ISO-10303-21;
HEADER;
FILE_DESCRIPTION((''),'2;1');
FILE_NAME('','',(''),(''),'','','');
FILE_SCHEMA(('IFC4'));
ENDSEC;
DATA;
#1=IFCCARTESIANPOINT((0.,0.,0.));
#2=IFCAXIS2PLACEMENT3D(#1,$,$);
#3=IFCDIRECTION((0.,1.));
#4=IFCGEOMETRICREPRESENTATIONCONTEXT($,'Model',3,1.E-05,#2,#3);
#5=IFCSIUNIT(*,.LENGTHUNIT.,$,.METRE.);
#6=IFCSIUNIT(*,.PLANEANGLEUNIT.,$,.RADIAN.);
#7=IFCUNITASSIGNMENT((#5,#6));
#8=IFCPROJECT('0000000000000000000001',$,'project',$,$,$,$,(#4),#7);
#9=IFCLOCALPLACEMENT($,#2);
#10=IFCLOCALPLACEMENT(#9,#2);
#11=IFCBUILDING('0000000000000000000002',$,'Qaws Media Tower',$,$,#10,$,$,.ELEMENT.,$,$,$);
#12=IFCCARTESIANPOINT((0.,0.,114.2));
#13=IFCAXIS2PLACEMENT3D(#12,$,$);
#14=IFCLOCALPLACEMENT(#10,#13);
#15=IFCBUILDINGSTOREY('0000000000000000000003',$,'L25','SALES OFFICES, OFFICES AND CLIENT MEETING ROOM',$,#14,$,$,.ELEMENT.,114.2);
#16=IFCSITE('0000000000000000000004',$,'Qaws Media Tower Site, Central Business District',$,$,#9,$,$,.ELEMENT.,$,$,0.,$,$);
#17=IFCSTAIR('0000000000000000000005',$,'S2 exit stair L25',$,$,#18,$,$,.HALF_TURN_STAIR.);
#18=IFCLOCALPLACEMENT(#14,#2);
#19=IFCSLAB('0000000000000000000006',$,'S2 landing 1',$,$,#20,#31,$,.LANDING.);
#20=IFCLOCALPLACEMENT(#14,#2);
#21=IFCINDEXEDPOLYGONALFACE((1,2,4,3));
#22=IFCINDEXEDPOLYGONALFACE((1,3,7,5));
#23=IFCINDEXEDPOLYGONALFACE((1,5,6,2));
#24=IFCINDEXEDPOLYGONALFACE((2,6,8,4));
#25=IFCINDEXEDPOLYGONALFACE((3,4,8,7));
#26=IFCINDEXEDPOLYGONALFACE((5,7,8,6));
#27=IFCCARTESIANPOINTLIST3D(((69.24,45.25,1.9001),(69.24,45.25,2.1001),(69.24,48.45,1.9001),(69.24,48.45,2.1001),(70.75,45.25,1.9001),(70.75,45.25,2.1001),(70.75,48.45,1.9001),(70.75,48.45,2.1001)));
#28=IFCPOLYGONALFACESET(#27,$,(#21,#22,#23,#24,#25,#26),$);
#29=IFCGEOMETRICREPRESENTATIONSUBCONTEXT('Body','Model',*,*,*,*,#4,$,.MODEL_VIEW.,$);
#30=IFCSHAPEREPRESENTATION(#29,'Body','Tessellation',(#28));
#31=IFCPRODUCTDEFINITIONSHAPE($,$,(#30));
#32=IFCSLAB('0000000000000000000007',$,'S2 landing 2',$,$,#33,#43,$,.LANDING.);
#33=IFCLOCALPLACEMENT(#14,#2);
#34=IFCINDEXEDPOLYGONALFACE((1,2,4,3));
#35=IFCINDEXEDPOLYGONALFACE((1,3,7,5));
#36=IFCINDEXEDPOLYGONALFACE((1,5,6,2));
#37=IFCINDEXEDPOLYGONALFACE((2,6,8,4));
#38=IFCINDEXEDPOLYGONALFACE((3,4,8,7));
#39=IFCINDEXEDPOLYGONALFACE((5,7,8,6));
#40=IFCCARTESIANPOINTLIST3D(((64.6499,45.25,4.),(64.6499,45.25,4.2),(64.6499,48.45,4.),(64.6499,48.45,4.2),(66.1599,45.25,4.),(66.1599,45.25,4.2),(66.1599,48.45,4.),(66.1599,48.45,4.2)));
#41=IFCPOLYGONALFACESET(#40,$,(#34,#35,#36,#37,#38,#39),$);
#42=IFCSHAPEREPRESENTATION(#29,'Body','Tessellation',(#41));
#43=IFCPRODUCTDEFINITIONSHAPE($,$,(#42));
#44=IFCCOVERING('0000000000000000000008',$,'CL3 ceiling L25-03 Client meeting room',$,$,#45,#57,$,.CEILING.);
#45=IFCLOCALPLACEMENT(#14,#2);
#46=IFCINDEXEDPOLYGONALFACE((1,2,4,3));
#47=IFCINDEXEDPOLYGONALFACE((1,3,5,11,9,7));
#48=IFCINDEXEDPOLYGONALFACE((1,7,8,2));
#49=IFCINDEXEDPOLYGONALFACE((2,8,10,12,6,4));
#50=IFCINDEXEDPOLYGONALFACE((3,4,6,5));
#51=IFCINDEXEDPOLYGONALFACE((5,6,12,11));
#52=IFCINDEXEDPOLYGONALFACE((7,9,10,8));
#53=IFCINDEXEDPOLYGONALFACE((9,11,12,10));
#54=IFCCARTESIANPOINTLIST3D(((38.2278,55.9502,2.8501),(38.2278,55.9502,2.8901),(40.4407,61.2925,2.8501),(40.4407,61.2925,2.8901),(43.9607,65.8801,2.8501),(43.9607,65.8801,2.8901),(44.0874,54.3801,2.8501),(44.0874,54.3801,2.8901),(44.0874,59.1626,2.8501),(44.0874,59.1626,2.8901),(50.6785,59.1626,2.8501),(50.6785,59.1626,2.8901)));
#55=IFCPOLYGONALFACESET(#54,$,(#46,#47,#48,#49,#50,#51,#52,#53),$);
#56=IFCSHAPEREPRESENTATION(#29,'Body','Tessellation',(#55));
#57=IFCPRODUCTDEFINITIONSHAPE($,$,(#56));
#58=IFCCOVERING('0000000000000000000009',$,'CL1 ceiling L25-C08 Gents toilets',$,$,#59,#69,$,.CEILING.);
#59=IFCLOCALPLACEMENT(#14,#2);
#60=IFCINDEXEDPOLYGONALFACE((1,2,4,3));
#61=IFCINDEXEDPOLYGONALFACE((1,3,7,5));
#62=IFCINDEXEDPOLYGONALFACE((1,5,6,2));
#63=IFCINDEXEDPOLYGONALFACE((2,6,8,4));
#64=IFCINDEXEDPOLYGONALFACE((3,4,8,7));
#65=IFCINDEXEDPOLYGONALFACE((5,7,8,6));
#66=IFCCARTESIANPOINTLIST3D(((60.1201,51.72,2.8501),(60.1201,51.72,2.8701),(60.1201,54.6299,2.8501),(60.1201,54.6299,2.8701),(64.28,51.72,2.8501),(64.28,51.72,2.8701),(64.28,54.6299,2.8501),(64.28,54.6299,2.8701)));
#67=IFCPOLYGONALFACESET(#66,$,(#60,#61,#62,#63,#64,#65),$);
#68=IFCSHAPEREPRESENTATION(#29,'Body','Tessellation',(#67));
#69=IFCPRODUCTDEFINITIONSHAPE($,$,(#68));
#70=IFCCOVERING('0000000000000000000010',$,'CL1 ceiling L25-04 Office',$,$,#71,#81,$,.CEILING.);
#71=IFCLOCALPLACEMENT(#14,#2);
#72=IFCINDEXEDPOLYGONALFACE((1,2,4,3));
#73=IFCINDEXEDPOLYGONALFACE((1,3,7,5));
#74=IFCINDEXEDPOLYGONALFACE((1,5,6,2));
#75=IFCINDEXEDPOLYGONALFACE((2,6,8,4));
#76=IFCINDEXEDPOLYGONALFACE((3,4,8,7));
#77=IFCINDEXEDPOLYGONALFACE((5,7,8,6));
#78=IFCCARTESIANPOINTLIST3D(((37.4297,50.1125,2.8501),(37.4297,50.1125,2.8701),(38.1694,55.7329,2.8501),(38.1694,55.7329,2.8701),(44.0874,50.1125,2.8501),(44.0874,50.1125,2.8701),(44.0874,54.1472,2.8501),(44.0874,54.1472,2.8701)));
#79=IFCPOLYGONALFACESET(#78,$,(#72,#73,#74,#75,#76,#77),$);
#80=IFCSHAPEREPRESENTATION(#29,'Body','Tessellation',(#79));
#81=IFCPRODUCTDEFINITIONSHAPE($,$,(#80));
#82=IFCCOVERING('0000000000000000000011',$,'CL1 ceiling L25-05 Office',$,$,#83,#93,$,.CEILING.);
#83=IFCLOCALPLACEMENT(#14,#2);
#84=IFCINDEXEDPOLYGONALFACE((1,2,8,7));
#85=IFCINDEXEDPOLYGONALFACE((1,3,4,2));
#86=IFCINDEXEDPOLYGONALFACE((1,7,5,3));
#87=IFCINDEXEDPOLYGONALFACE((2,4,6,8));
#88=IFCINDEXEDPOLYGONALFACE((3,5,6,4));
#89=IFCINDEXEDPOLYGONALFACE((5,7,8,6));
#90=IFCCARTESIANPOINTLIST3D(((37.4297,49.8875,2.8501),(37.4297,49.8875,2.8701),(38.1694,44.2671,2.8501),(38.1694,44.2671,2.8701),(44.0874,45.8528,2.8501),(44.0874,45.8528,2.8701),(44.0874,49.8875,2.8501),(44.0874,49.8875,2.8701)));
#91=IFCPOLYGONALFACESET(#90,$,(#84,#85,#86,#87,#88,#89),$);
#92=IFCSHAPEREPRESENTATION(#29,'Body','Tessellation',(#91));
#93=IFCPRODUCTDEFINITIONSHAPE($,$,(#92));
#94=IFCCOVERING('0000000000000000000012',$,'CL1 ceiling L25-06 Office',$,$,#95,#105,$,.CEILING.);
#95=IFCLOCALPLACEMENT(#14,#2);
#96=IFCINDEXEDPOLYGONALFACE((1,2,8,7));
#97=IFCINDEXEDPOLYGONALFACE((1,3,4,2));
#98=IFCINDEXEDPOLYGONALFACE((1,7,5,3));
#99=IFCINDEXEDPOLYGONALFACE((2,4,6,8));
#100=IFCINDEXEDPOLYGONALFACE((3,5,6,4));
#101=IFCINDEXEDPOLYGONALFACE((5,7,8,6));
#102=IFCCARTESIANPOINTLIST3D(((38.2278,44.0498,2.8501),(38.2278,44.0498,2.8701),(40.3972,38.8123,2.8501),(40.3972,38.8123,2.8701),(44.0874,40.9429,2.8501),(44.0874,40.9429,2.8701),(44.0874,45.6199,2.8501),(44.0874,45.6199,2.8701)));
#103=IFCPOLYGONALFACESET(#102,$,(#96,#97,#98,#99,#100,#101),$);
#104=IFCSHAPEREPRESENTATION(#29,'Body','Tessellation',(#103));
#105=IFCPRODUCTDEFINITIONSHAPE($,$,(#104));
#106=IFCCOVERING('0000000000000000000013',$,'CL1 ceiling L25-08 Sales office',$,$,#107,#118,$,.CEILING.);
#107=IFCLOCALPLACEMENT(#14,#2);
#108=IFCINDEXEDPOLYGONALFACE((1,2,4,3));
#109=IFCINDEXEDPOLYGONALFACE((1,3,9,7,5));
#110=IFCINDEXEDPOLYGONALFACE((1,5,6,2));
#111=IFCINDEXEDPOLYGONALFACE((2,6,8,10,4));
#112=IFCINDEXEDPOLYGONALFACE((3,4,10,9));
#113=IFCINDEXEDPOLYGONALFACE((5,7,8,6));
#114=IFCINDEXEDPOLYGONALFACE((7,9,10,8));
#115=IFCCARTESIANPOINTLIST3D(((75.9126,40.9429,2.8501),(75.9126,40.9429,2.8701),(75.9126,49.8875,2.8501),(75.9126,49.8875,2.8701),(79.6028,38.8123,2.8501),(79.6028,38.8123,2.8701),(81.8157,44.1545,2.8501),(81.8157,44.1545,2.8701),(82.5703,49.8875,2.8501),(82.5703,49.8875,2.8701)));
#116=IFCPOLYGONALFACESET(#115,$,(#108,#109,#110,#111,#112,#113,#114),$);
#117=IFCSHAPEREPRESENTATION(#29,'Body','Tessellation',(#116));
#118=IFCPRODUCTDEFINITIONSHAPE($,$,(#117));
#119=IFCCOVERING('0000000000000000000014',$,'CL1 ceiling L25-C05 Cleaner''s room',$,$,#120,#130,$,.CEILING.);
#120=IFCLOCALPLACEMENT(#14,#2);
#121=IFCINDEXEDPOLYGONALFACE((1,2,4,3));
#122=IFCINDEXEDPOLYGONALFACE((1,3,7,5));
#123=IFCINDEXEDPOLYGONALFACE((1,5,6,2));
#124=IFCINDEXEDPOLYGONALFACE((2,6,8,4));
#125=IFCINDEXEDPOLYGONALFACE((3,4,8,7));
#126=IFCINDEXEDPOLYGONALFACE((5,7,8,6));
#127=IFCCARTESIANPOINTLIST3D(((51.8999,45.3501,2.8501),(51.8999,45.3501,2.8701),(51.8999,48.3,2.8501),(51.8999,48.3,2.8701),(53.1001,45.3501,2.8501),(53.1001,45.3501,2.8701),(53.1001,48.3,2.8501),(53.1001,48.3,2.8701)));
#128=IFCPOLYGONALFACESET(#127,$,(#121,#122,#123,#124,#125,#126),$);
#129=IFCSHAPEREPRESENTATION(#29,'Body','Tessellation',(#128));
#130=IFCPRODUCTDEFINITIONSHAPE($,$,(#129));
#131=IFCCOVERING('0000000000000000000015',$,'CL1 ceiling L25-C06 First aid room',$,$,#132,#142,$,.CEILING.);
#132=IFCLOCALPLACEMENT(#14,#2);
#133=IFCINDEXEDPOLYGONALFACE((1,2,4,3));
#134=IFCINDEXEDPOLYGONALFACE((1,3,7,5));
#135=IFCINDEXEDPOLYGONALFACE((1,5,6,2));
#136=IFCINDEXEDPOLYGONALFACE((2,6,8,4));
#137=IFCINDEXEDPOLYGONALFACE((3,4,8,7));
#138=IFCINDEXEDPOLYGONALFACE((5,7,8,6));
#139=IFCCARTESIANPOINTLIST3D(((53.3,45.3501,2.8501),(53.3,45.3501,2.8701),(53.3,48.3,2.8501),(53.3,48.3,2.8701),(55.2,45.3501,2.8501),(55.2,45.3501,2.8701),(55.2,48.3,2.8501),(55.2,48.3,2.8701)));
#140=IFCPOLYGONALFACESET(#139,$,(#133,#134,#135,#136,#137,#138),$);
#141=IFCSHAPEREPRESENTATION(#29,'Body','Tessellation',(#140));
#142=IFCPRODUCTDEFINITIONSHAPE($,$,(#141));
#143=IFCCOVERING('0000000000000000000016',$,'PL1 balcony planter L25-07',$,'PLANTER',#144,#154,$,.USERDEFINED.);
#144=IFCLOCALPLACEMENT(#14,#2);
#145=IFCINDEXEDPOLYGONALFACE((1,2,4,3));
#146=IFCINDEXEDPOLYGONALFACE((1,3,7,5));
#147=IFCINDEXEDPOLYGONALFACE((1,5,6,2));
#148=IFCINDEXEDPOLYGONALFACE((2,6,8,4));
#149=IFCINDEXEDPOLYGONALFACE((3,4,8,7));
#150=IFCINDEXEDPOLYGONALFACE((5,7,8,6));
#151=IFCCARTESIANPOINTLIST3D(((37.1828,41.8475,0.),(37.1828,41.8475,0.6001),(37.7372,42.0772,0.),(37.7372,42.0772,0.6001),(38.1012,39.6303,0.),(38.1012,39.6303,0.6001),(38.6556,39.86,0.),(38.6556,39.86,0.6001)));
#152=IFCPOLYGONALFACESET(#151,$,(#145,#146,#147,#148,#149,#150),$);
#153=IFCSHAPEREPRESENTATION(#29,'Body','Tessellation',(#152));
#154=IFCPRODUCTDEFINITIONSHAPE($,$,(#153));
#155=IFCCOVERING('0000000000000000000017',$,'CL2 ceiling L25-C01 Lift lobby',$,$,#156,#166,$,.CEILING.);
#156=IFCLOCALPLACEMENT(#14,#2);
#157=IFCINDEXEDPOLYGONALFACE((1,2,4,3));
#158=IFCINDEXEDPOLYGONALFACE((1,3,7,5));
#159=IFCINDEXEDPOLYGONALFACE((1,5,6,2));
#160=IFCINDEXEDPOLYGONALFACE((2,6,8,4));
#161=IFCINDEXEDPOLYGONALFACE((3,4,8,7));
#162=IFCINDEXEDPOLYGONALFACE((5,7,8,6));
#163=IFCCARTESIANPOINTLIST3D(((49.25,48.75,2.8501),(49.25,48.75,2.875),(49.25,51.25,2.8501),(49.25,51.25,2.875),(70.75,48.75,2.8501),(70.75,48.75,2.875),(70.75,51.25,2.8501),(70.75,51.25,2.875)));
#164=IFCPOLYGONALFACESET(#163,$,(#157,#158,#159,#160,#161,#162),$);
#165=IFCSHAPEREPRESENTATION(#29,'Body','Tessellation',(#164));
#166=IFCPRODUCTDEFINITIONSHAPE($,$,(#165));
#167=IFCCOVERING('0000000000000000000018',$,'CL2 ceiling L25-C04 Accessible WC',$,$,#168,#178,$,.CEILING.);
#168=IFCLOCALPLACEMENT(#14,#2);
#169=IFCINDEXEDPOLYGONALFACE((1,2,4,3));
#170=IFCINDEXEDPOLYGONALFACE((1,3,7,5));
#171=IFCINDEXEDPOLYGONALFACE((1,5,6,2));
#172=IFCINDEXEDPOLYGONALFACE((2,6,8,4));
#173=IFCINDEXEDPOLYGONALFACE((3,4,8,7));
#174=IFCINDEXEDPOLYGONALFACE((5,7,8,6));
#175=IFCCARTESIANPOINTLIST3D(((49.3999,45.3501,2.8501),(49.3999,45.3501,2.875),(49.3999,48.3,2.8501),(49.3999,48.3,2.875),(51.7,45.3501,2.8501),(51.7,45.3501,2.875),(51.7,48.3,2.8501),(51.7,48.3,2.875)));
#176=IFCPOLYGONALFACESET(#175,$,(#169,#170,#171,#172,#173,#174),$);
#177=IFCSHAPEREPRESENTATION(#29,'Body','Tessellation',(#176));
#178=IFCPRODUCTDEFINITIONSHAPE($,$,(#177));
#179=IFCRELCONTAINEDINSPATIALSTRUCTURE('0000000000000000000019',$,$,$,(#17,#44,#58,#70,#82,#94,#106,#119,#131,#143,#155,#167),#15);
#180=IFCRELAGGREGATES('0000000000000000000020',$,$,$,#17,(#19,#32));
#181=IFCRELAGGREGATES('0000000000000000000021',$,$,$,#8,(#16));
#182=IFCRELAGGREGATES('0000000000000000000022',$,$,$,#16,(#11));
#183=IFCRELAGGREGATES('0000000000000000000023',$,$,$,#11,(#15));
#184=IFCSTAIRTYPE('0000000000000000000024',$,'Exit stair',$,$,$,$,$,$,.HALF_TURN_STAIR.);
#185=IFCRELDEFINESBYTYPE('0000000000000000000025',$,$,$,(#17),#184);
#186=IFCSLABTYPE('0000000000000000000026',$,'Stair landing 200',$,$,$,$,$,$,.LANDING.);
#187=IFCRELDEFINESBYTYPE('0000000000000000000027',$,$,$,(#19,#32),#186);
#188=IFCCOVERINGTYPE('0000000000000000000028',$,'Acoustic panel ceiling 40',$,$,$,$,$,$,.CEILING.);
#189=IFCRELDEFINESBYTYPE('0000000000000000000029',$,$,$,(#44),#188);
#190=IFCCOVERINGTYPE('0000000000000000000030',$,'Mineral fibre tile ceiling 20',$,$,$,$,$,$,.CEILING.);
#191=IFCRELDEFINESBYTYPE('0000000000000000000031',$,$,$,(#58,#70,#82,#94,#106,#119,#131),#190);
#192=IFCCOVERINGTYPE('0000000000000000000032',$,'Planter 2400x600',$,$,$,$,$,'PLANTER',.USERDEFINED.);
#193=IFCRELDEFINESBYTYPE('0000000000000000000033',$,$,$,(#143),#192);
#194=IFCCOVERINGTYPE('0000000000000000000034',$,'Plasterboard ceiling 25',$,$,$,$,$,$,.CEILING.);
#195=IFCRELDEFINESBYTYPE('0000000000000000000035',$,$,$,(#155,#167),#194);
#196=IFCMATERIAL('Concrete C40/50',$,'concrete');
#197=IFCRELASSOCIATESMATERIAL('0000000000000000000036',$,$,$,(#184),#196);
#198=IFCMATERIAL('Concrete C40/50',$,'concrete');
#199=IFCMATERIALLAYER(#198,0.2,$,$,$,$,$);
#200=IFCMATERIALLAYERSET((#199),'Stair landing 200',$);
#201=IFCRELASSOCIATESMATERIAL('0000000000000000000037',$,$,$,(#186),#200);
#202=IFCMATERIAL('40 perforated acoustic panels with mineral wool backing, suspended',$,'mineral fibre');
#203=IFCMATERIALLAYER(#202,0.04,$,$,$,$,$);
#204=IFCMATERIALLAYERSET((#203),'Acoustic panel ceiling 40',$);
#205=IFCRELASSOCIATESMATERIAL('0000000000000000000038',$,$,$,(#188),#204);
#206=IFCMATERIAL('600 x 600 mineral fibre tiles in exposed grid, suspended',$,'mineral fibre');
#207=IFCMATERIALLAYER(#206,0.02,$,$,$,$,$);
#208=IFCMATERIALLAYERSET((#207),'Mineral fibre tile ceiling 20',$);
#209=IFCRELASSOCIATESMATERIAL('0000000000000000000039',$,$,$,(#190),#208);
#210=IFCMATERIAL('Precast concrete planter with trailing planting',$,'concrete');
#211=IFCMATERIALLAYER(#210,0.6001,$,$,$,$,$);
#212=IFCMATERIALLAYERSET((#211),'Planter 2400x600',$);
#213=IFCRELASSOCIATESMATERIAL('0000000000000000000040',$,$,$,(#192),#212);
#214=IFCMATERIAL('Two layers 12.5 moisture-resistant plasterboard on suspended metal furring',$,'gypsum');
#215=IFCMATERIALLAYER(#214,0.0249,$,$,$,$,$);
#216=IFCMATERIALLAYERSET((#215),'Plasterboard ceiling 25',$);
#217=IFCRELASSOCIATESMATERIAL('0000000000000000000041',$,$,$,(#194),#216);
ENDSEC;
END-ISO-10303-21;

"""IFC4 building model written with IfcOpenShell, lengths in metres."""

from ifc_helpers import new_model, si_unit, direction, frame, origin, origin_2d, place, context, subcontext, project, spatial, polyline, rectangle, outline, extrude, material, layer, layer_set, type_object, element, aggregate, save


model = new_model("IFC4")

# Units and contexts
model_context = context("Model", 3, precision=1e-05, world=origin(), true_north=direction((0.0, 1.0)))
body_context = subcontext(model_context, "Body", "Model", "MODEL_VIEW")
ifc_project = project(units=[si_unit("LENGTHUNIT", "METRE"), si_unit("PLANEANGLEUNIT", "RADIAN")], contexts=[model_context])

# Site, building, storey
site_placement = place(None, origin())
site = spatial("IfcSite", under=ifc_project, at=site_placement, Name="Qaws Media Tower Site, Central Business District", CompositionType="ELEMENT", RefElevation=0.0)
building_placement = place(site_placement, origin())
building = spatial("IfcBuilding", under=site, at=building_placement, Name="Qaws Media Tower", CompositionType="ELEMENT")
storey_placement = place(building_placement, frame((0.0, 0.0, 114.2)))
storey = spatial("IfcBuildingStorey", under=building, at=storey_placement, Name="L25", Description="SALES OFFICES, OFFICES AND CLIENT MEETING ROOM", CompositionType="ELEMENT", Elevation=114.2)

# Stair, slabs
ifc_material_1 = material(Name="Concrete C40/50", Category="concrete")
stair_type = type_object("IfcStairType", Name="Exit stair", PredefinedType="HALF_TURN_STAIR", material=ifc_material_1)
ifc_material_2 = material(Name="Concrete C40/50", Category="concrete")
ifc_layer_1 = layer(ifc_material_2, 0.2)
ifc_layer_set_1 = layer_set([ifc_layer_1], Name="Stair landing 200")
slab_type = type_object("IfcSlabType", Name="Stair landing 200", PredefinedType="LANDING", material=ifc_layer_set_1)
stair_1_placement = place(storey_placement, origin())
stair_1 = element("IfcStair", 1, at=stair_1_placement, inside=storey, type_object=stair_type, Name="S2 exit stair L25", PredefinedType="HALF_TURN_STAIR")
slab_1_placement = place(storey_placement, frame((0.0, 0.0, 1.9001)))
slab_1 = element("IfcSlab", 2, at=slab_1_placement, type_object=slab_type, Name="S2 landing 1", PredefinedType="LANDING", context=body_context, shape_type="SweptSolid", body=[
    extrude(outline(polyline([(69.24, 45.25), (70.75, 45.25), (70.75, 48.45), (69.24, 48.45), (69.24, 45.25)])), origin(), (0.0, 0.0, 1.0), 0.2),
])
slab_2_placement = place(storey_placement, frame((0.0, 0.0, 4.0)))
slab_2 = element("IfcSlab", 3, at=slab_2_placement, type_object=slab_type, Name="S2 landing 2", PredefinedType="LANDING", context=body_context, shape_type="SweptSolid", body=[
    extrude(outline(polyline([(64.6499, 45.25), (66.1599, 45.25), (66.1599, 48.45), (64.6499, 48.45), (64.6499, 45.25)])), origin(), (0.0, 0.0, 1.0), 0.2),
])
aggregate(stair_1, [slab_1, slab_2])

# Coverings
ifc_material_3 = material(Name="40 perforated acoustic panels with mineral wool backing, suspended", Category="mineral fibre")
ifc_layer_2 = layer(ifc_material_3, 0.04)
ifc_layer_set_2 = layer_set([ifc_layer_2], Name="Acoustic panel ceiling 40")
covering_type_1 = type_object("IfcCoveringType", Name="Acoustic panel ceiling 40", PredefinedType="CEILING", material=ifc_layer_set_2)
covering_1_placement = place(storey_placement, frame((0.0, 0.0, 2.8501)))
element("IfcCovering", 4, at=covering_1_placement, inside=storey, type_object=covering_type_1, Name="CL3 ceiling L25-03 Client meeting room", PredefinedType="CEILING", context=body_context, shape_type="SweptSolid", body=[
    extrude(outline(polyline([(40.4407, 61.2925), (43.9607, 65.8801), (50.6785, 59.1626), (44.0874, 59.1626), (44.0874, 54.3801), (38.2278, 55.9502), (40.4407, 61.2925)])), origin(), (0.0, 0.0, 1.0), 0.04),
])
ifc_material_4 = material(Name="600 x 600 mineral fibre tiles in exposed grid, suspended", Category="mineral fibre")
ifc_layer_3 = layer(ifc_material_4, 0.02)
ifc_layer_set_3 = layer_set([ifc_layer_3], Name="Mineral fibre tile ceiling 20")
covering_type_2 = type_object("IfcCoveringType", Name="Mineral fibre tile ceiling 20", PredefinedType="CEILING", material=ifc_layer_set_3)
covering_2_placement = place(storey_placement, frame((0.0, 0.0, 2.8501)))
element("IfcCovering", 5, at=covering_2_placement, inside=storey, type_object=covering_type_2, Name="CL1 ceiling L25-C08 Gents toilets", PredefinedType="CEILING", context=body_context, shape_type="SweptSolid", body=[
    extrude(outline(polyline([(60.1201, 51.72), (60.1201, 54.6299), (64.28, 54.6299), (64.28, 51.72), (60.1201, 51.72)])), origin(), (0.0, 0.0, 1.0), 0.02),
])
covering_3_placement = place(storey_placement, frame((0.0, 0.0, 2.8501)))
element("IfcCovering", 6, at=covering_3_placement, inside=storey, type_object=covering_type_2, Name="CL1 ceiling L25-04 Office", PredefinedType="CEILING", context=body_context, shape_type="SweptSolid", body=[
    extrude(outline(polyline([(38.1694, 55.7329), (44.0874, 54.1472), (44.0874, 50.1125), (37.4297, 50.1125), (38.1694, 55.7329)])), origin(), (0.0, 0.0, 1.0), 0.02),
])
covering_4_placement = place(storey_placement, frame((0.0, 0.0, 2.8501)))
element("IfcCovering", 7, at=covering_4_placement, inside=storey, type_object=covering_type_2, Name="CL1 ceiling L25-05 Office", PredefinedType="CEILING", context=body_context, shape_type="SweptSolid", body=[
    extrude(outline(polyline([(37.4297, 49.8875), (44.0874, 49.8875), (44.0874, 45.8528), (38.1694, 44.2671), (37.4297, 49.8875)])), origin(), (0.0, 0.0, 1.0), 0.02),
])
covering_5_placement = place(storey_placement, frame((0.0, 0.0, 2.8501)))
element("IfcCovering", 8, at=covering_5_placement, inside=storey, type_object=covering_type_2, Name="CL1 ceiling L25-06 Office", PredefinedType="CEILING", context=body_context, shape_type="SweptSolid", body=[
    extrude(outline(polyline([(38.2278, 44.0498), (44.0874, 45.6199), (44.0874, 40.9429), (40.3972, 38.8123), (38.2278, 44.0498)])), origin(), (0.0, 0.0, 1.0), 0.02),
])
covering_6_placement = place(storey_placement, frame((0.0, 0.0, 2.8501)))
element("IfcCovering", 9, at=covering_6_placement, inside=storey, type_object=covering_type_2, Name="CL1 ceiling L25-08 Sales office", PredefinedType="CEILING", context=body_context, shape_type="SweptSolid", body=[
    extrude(outline(polyline([(81.8157, 44.1545), (79.6028, 38.8123), (75.9126, 40.9429), (75.9126, 49.8875), (82.5703, 49.8875), (81.8157, 44.1545)])), origin(), (0.0, 0.0, 1.0), 0.02),
])
covering_7_placement = place(storey_placement, frame((0.0, 0.0, 2.8501)))
element("IfcCovering", 10, at=covering_7_placement, inside=storey, type_object=covering_type_2, Name="CL1 ceiling L25-C05 Cleaner's room", PredefinedType="CEILING", context=body_context, shape_type="SweptSolid", body=[
    extrude(outline(polyline([(51.8999, 45.3501), (51.8999, 48.3), (53.1001, 48.3), (53.1001, 45.3501), (51.8999, 45.3501)])), origin(), (0.0, 0.0, 1.0), 0.02),
])
covering_8_placement = place(storey_placement, frame((0.0, 0.0, 2.8501)))
element("IfcCovering", 11, at=covering_8_placement, inside=storey, type_object=covering_type_2, Name="CL1 ceiling L25-C06 First aid room", PredefinedType="CEILING", context=body_context, shape_type="SweptSolid", body=[
    extrude(outline(polyline([(53.3, 45.3501), (53.3, 48.3), (55.2, 48.3), (55.2, 45.3501), (53.3, 45.3501)])), origin(), (0.0, 0.0, 1.0), 0.02),
])
ifc_material_5 = material(Name="Precast concrete planter with trailing planting", Category="concrete")
ifc_layer_4 = layer(ifc_material_5, 0.6001)
ifc_layer_set_4 = layer_set([ifc_layer_4], Name="Planter 2400x600")
covering_type_3 = type_object("IfcCoveringType", Name="Planter 2400x600", ElementType="PLANTER", PredefinedType="USERDEFINED", material=ifc_layer_set_4)
covering_9_placement = place(storey_placement, frame((37.9192, 40.8538, 0.0), z_axis=(0.0, 0.0, 1.0), x_axis=(0.382683, -0.92388, 0.0)))
element("IfcCovering", 12, at=covering_9_placement, inside=storey, type_object=covering_type_3, Name="PL1 balcony planter L25-07", ObjectType="PLANTER", PredefinedType="USERDEFINED", context=body_context, shape_type="SweptSolid", body=[
    extrude(rectangle(XDim=2.3999, YDim=0.6001, at=origin_2d()), origin(), (0.0, 0.0, 1.0), 0.6001),
])
ifc_material_6 = material(Name="Two layers 12.5 moisture-resistant plasterboard on suspended metal furring", Category="gypsum")
ifc_layer_5 = layer(ifc_material_6, 0.0249)
ifc_layer_set_5 = layer_set([ifc_layer_5], Name="Plasterboard ceiling 25")
covering_type_4 = type_object("IfcCoveringType", Name="Plasterboard ceiling 25", PredefinedType="CEILING", material=ifc_layer_set_5)
covering_10_placement = place(storey_placement, frame((0.0, 0.0, 2.8501)))
element("IfcCovering", 13, at=covering_10_placement, inside=storey, type_object=covering_type_4, Name="CL2 ceiling L25-C01 Lift lobby", PredefinedType="CEILING", context=body_context, shape_type="SweptSolid", body=[
    extrude(outline(polyline([(49.25, 48.75), (49.25, 51.25), (70.75, 51.25), (70.75, 48.75), (49.25, 48.75)])), origin(), (0.0, 0.0, 1.0), 0.0249),
])
covering_11_placement = place(storey_placement, frame((0.0, 0.0, 2.8501)))
element("IfcCovering", 14, at=covering_11_placement, inside=storey, type_object=covering_type_4, Name="CL2 ceiling L25-C04 Accessible WC", PredefinedType="CEILING", context=body_context, shape_type="SweptSolid", body=[
    extrude(outline(polyline([(49.3999, 45.3501), (49.3999, 48.3), (51.7, 48.3), (51.7, 45.3501), (49.3999, 45.3501)])), origin(), (0.0, 0.0, 1.0), 0.0249),
])

save(model, "model.ifc")
